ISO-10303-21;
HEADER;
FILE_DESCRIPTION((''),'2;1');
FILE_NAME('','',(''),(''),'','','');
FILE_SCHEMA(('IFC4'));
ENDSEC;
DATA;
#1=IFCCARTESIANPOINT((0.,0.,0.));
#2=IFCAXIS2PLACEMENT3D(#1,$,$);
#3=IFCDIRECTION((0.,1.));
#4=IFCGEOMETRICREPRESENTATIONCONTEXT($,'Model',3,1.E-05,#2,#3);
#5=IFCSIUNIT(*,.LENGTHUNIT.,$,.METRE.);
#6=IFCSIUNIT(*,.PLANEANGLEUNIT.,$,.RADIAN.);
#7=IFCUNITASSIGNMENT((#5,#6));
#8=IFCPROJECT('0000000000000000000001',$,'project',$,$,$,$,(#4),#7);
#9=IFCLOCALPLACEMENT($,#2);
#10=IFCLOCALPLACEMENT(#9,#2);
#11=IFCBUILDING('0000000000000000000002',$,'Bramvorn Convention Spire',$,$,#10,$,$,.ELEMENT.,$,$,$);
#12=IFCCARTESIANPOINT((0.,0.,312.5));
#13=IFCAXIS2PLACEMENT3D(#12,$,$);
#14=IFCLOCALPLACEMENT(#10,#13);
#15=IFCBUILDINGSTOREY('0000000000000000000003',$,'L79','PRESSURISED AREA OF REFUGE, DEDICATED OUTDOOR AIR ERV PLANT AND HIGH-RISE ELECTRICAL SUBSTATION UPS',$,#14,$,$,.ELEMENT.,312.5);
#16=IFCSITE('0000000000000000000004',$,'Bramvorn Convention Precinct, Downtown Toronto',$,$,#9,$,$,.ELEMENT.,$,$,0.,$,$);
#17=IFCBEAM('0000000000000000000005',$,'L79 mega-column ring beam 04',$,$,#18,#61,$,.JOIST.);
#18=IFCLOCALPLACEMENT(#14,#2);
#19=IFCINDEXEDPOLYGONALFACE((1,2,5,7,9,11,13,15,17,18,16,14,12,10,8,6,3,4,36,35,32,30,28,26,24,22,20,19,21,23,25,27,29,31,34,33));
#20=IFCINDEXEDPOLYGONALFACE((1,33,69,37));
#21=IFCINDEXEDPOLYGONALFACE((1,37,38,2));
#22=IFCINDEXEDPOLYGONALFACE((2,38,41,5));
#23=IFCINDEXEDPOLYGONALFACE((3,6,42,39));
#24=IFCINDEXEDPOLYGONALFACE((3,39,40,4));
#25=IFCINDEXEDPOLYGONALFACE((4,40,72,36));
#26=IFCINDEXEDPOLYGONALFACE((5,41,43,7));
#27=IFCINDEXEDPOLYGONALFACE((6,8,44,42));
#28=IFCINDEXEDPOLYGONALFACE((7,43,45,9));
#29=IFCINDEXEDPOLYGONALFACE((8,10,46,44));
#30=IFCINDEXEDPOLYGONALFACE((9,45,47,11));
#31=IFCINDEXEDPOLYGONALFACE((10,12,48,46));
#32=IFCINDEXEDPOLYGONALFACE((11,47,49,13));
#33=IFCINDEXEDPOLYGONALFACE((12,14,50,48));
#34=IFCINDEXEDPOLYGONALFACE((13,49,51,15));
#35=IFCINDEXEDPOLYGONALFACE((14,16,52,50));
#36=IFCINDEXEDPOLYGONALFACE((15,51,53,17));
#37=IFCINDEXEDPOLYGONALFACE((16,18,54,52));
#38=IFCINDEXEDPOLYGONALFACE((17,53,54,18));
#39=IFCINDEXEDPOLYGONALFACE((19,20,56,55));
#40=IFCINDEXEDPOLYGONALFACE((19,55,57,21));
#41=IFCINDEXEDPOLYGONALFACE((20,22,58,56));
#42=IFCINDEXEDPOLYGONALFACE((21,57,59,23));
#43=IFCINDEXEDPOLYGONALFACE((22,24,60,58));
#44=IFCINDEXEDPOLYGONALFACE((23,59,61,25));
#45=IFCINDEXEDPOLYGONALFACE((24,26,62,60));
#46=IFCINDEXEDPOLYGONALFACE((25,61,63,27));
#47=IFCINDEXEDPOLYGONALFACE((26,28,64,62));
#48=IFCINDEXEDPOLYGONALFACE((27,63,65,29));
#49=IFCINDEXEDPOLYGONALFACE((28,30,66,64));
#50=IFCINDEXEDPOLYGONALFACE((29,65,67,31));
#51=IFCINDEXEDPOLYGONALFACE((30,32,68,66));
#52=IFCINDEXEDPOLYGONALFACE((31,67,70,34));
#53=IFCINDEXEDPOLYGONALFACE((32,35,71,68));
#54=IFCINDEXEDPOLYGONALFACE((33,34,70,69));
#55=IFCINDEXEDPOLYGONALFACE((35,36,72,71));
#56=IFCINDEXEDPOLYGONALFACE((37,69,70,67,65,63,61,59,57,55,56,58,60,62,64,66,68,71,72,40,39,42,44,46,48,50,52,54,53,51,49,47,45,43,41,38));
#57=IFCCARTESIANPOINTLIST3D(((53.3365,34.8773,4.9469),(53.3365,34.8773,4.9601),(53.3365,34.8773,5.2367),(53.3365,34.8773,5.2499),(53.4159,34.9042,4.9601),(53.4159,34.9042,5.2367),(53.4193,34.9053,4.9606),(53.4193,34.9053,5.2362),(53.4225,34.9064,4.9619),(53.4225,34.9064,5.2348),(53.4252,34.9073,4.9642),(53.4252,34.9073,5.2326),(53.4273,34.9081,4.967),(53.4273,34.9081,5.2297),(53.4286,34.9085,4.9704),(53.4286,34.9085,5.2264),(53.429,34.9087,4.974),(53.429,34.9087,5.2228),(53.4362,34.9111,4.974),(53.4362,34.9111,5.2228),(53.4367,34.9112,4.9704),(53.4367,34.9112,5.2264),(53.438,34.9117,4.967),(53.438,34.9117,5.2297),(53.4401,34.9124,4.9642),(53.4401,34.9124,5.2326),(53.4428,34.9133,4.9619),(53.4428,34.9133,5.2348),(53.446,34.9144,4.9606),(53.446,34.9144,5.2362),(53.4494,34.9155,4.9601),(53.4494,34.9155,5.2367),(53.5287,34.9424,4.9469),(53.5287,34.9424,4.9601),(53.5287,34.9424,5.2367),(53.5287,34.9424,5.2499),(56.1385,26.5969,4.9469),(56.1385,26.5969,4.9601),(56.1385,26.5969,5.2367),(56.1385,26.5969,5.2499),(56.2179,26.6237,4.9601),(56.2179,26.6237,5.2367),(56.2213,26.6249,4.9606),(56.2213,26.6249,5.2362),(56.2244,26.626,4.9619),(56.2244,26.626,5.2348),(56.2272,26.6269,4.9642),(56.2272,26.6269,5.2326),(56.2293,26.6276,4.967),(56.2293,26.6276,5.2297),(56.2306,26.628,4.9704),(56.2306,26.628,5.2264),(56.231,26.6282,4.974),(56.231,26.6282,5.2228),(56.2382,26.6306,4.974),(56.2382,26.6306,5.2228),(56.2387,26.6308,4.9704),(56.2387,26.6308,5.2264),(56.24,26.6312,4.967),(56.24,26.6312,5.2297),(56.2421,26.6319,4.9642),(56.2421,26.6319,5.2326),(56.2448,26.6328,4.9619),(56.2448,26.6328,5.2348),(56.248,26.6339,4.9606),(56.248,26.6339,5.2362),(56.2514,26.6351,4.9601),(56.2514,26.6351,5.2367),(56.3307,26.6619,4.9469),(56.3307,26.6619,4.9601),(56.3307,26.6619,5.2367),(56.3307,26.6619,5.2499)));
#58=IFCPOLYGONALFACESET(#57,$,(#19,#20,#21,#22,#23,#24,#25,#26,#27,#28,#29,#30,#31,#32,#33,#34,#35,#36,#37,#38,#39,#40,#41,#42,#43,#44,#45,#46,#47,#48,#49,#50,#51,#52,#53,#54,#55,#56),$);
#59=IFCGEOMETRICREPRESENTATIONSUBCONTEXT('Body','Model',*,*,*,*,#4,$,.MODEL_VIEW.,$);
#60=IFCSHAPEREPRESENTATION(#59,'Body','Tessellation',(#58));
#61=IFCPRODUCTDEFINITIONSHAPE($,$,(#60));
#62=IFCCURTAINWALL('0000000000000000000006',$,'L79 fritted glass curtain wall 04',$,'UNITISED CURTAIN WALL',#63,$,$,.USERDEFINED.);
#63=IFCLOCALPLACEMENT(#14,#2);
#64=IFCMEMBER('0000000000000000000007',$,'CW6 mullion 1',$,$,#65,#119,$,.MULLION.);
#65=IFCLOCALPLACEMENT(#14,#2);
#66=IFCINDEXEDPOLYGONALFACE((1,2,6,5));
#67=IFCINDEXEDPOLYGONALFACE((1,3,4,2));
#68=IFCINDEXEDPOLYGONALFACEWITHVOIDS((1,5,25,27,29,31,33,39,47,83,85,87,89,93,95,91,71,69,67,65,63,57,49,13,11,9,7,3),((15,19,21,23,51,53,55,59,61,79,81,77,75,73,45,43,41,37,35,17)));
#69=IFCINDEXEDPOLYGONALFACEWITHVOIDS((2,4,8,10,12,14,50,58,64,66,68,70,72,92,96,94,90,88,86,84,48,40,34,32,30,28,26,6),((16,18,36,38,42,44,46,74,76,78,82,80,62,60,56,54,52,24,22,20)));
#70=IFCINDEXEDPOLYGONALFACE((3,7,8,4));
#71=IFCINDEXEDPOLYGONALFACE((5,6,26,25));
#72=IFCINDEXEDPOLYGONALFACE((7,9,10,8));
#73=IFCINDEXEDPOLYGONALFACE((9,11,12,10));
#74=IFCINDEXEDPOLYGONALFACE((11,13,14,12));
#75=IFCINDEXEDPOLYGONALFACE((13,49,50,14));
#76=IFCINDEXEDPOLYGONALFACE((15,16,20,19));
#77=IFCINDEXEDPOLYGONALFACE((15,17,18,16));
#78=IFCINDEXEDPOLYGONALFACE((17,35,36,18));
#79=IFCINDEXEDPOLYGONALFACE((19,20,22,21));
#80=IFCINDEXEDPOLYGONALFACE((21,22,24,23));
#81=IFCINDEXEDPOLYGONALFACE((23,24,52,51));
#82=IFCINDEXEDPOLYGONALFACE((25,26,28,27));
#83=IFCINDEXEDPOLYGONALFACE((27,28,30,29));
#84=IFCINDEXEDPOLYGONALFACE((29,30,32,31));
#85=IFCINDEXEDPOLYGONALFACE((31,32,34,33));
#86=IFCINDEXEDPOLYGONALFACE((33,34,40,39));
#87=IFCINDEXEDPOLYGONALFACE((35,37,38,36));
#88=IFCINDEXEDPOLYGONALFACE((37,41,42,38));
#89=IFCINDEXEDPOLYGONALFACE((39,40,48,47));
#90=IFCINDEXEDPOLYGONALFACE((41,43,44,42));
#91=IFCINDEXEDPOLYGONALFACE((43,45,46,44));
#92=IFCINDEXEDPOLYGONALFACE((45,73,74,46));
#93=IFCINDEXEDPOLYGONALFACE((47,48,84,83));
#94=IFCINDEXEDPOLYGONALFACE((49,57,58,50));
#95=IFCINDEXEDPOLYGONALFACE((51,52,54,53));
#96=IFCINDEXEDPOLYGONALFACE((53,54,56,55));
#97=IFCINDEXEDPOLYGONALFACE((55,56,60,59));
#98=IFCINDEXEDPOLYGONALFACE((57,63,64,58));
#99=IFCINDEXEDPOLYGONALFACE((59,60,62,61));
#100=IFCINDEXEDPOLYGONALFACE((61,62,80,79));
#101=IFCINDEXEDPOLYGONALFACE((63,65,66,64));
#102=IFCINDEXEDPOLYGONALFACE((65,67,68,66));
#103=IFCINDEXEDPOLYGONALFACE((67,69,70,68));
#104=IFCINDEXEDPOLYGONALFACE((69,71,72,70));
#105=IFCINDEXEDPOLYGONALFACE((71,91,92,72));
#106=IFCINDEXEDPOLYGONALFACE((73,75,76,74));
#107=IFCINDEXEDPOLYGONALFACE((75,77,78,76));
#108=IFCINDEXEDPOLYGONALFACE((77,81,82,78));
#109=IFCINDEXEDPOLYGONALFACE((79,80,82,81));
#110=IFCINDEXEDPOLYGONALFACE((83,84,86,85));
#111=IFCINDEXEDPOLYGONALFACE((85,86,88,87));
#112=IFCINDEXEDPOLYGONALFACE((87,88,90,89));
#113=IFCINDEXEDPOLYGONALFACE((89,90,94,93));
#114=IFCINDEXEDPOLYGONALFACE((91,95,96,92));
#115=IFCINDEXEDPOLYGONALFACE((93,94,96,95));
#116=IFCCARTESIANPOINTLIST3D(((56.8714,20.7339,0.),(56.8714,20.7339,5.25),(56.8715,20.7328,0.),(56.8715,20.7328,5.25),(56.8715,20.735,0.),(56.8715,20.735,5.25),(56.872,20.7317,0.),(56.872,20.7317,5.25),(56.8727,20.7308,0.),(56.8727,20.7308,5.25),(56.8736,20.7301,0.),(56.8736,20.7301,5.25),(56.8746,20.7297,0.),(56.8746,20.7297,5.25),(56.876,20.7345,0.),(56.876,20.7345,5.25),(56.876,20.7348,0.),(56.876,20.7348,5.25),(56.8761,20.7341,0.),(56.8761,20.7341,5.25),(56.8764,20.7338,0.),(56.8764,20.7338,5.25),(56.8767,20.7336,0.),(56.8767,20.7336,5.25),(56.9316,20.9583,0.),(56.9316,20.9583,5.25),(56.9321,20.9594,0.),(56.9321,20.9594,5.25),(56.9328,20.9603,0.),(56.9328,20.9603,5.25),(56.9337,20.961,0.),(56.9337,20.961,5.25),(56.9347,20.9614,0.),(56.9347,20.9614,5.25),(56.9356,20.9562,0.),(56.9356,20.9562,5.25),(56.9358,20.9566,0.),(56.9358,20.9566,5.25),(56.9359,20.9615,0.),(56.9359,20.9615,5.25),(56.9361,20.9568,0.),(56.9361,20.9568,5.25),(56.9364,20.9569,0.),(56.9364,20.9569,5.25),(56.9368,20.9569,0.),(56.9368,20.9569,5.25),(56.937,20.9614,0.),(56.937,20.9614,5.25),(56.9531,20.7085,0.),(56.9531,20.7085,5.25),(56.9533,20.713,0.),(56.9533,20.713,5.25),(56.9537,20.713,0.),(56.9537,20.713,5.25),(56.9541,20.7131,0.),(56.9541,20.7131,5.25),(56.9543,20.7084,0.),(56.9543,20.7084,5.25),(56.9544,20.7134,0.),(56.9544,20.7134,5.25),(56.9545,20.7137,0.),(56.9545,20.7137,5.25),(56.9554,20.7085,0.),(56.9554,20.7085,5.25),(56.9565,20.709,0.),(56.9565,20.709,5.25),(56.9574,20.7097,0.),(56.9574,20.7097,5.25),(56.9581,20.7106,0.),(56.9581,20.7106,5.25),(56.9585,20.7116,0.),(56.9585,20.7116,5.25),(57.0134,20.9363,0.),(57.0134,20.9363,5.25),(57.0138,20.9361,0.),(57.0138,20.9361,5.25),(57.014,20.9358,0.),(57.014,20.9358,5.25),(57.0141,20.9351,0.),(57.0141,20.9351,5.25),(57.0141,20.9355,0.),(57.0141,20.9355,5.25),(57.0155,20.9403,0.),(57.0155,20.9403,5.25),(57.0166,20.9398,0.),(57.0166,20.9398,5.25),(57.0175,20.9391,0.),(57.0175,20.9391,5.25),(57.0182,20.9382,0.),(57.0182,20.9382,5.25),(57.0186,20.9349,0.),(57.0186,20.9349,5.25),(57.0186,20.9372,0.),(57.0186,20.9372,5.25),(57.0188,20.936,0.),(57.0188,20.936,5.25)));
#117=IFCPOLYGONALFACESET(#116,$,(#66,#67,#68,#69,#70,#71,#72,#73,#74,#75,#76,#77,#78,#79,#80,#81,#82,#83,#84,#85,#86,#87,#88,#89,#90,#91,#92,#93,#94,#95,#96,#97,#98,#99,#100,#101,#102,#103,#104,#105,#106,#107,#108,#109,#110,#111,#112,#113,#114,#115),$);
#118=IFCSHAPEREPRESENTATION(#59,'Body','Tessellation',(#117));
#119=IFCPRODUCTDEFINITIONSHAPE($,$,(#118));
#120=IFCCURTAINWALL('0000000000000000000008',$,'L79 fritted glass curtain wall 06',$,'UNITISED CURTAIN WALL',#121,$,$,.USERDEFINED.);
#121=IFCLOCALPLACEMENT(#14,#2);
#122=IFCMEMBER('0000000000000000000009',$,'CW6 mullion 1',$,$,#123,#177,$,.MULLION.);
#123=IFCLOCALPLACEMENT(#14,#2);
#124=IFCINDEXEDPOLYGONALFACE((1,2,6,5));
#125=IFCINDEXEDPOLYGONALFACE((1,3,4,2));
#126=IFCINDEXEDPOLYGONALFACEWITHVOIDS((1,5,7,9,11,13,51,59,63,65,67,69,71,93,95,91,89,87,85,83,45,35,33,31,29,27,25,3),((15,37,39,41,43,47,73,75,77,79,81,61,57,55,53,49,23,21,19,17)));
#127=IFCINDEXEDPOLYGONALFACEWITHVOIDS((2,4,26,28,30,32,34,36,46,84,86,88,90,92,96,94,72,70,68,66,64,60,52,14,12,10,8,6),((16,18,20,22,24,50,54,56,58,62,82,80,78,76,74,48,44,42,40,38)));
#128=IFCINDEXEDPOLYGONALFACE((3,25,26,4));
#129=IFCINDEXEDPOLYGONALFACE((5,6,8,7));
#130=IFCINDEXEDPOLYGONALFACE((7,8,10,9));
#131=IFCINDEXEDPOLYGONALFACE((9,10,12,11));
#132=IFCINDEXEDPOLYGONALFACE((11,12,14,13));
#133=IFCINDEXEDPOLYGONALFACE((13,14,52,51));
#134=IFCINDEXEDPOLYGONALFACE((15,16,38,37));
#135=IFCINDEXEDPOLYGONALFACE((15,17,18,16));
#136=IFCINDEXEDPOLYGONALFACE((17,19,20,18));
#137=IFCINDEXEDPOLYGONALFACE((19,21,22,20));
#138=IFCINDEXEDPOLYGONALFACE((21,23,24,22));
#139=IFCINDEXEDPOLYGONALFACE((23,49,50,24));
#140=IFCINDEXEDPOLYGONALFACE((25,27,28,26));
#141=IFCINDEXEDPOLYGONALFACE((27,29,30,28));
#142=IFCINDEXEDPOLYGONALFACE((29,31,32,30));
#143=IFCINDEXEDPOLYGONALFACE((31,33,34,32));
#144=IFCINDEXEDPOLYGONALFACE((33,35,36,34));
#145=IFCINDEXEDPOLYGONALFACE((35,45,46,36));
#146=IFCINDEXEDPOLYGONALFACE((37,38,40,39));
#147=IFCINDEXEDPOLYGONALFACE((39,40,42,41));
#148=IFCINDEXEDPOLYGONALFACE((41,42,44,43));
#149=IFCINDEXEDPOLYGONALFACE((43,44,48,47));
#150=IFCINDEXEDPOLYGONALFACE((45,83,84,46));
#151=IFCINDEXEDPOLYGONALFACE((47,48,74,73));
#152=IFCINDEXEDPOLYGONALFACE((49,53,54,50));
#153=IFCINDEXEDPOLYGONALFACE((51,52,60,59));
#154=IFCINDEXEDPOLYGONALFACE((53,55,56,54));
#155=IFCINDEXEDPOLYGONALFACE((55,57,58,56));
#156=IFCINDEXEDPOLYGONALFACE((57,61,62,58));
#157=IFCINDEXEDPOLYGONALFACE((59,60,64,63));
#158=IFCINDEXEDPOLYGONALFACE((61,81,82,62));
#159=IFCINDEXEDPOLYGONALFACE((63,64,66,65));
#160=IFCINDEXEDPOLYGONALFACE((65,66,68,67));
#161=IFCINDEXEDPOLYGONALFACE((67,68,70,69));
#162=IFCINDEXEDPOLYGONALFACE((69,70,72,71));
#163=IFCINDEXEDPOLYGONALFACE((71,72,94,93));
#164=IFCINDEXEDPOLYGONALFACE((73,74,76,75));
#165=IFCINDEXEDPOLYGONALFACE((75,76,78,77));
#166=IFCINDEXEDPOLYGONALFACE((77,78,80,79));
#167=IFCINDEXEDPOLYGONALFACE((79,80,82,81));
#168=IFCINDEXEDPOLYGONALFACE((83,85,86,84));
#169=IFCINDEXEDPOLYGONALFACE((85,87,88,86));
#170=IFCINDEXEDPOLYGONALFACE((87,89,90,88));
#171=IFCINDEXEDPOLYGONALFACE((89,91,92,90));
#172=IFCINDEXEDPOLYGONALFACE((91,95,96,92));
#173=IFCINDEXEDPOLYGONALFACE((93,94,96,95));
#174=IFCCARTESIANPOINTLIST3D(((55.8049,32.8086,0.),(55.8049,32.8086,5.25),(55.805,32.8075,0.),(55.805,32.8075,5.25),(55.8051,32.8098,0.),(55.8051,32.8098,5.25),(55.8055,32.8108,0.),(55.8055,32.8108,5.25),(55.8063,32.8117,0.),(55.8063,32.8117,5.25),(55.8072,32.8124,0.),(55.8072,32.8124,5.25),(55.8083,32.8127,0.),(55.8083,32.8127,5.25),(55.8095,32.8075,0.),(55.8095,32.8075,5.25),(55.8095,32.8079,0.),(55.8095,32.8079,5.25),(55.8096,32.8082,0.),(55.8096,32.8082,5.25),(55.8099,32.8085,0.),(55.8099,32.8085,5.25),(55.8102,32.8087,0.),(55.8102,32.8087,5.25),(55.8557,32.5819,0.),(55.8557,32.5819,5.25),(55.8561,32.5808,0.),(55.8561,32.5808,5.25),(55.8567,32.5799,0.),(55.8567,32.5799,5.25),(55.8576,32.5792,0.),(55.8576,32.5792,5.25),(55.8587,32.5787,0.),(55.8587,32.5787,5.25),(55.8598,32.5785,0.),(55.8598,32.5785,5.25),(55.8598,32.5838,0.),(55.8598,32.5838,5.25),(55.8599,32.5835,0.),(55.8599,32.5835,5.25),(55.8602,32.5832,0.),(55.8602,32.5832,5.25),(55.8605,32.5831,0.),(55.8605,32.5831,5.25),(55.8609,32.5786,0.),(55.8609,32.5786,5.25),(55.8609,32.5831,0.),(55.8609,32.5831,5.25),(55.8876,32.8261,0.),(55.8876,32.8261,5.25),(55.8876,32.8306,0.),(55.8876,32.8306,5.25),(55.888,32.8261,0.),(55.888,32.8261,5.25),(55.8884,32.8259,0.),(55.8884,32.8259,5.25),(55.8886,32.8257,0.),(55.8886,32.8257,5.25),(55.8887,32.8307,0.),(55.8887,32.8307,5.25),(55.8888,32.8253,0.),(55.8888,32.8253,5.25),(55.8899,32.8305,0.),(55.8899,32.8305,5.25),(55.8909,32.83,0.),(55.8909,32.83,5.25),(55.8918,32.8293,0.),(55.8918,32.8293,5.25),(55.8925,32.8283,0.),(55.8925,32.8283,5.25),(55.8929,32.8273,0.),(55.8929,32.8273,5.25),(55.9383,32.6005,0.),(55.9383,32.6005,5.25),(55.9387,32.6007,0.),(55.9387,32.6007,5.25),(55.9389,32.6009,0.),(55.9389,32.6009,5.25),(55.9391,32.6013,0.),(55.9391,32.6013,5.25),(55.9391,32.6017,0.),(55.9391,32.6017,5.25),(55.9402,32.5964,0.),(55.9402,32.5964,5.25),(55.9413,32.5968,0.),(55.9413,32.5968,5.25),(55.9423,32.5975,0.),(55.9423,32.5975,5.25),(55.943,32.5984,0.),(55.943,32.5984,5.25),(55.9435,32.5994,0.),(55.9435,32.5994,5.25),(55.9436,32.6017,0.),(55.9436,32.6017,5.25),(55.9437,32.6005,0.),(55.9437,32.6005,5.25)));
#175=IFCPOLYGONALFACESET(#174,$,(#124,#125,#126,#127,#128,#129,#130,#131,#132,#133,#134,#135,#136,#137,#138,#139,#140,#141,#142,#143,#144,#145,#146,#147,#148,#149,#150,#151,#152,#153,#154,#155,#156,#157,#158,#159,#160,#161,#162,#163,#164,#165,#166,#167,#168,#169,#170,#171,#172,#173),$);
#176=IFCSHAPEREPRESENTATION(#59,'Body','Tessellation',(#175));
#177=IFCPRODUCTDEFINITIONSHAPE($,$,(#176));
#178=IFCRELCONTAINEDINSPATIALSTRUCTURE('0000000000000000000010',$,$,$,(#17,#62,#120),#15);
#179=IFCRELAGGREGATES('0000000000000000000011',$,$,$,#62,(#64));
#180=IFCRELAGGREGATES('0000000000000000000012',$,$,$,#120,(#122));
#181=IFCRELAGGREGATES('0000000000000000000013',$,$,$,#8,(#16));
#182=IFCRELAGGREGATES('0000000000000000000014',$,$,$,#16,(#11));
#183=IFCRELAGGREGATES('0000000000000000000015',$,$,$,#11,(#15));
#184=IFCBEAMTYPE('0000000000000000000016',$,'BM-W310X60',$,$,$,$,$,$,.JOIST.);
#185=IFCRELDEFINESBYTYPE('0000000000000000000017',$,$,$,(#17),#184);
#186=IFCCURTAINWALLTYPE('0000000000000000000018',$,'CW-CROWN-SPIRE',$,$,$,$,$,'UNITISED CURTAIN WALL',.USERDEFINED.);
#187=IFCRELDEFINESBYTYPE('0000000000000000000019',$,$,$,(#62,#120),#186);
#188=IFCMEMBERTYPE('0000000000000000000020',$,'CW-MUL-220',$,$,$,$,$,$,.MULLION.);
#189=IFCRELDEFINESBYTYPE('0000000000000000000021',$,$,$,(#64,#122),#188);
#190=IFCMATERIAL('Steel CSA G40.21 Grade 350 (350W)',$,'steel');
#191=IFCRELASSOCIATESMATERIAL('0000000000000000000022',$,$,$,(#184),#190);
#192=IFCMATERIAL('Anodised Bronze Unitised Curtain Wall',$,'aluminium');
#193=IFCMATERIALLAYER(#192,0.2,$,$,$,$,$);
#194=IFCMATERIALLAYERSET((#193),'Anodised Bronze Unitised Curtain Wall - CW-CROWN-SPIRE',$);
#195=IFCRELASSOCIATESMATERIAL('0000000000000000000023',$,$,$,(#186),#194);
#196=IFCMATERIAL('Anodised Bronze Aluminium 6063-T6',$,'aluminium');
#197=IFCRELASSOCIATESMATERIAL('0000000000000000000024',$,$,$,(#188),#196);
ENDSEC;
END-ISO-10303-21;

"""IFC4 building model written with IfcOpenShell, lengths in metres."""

from ifc_helpers import new_model, si_unit, direction, frame, origin, origin_2d, place, context, subcontext, project, spatial, hollow_rectangle, i_section, extrude, material, layer, layer_set, material_profile, profile_set, type_object, element, aggregate, save


model = new_model("IFC4")

# Units and contexts
model_context = context("Model", 3, precision=1e-05, world=origin(), true_north=direction((0.0, 1.0)))
body_context = subcontext(model_context, "Body", "Model", "MODEL_VIEW")
ifc_project = project(units=[si_unit("LENGTHUNIT", "METRE"), si_unit("PLANEANGLEUNIT", "RADIAN")], contexts=[model_context])

# Site, building, storey
site_placement = place(None, origin())
site = spatial("IfcSite", under=ifc_project, at=site_placement, Name="Bramvorn Convention Precinct, Downtown Toronto", CompositionType="ELEMENT", RefElevation=0.0)
building_placement = place(site_placement, origin())
building = spatial("IfcBuilding", under=site, at=building_placement, Name="Bramvorn Convention Spire", CompositionType="ELEMENT")
storey_placement = place(building_placement, frame((0.0, 0.0, 312.5)))
storey = spatial("IfcBuildingStorey", under=building, at=storey_placement, Name="L79", Description="PRESSURISED AREA OF REFUGE, DEDICATED OUTDOOR AIR ERV PLANT AND HIGH-RISE ELECTRICAL SUBSTATION UPS", CompositionType="ELEMENT", Elevation=312.5)

# Shared definitions
ifc_material_1 = material(Name="Steel CSA G40.21 Grade 350 (350W)", Category="steel")

# Beam
ifc_material_profile_1 = material_profile(ifc_material_1, i_section(OverallWidth=0.2029, OverallDepth=0.303, WebThickness=0.0076, FlangeThickness=0.0132, FilletRadius=0.0139, at=origin_2d()))
ifc_profile_set_1 = profile_set([ifc_material_profile_1], Name="Steel CSA G40.21 Grade 350 (350W) - W310X60")
beam_type_1 = type_object("IfcBeamType", Name="BM-W310X60", PredefinedType="JOIST", material=ifc_profile_set_1)
beam_1_placement = place(storey_placement, frame((56.2346, 26.6294, 5.0984), z_axis=(-0.320531, 0.947238, 0.0), x_axis=(-0.947238, -0.320531, 0.0)))
element("IfcBeam", 1, at=beam_1_placement, inside=storey, type_object=beam_type_1, Name="L79 mega-column ring beam 04", PredefinedType="JOIST", context=body_context, shape_type="SweptSolid", body=[
    extrude(i_section(OverallWidth=0.2029, OverallDepth=0.303, WebThickness=0.0076, FlangeThickness=0.0132, FilletRadius=0.0139, at=origin_2d()), origin(), (0.0, 0.0, 1.0), 8.7417),
])

# Curtain wall, member
ifc_material_2 = material(Name="Anodised Bronze Unitised Curtain Wall", Category="aluminium")
ifc_layer_1 = layer(ifc_material_2, 0.2)
ifc_layer_set_1 = layer_set([ifc_layer_1], Name="Anodised Bronze Unitised Curtain Wall - CW-CROWN-SPIRE")
curtain_wall_type = type_object("IfcCurtainWallType", Name="CW-CROWN-SPIRE", ElementType="UNITISED CURTAIN WALL", PredefinedType="USERDEFINED", material=ifc_layer_set_1)
curtain_wall_1_placement = place(storey_placement, origin())
curtain_wall_1 = element("IfcCurtainWall", 2, at=curtain_wall_1_placement, inside=storey, type_object=curtain_wall_type, Name="L79 fritted glass curtain wall 04", ObjectType="UNITISED CURTAIN WALL", PredefinedType="USERDEFINED")
ifc_material_3 = material(Name="Anodised Bronze Aluminium 6063-T6", Category="aluminium")
ifc_material_profile_2 = material_profile(ifc_material_3, hollow_rectangle(XDim=0.0901, YDim=0.24, WallThickness=0.0044, InnerFilletRadius=0.001, OuterFilletRadius=0.0044, at=origin_2d()))
ifc_profile_set_2 = profile_set([ifc_material_profile_2], Name="Anodised Bronze Aluminium 6063-T6 - CWM90X240")
member_type_1 = type_object("IfcMemberType", Name="CW-MUL-220", PredefinedType="MULLION", material=ifc_profile_set_2)
member_1_placement = place(storey_placement, frame((56.9451, 20.835, 0.0), z_axis=(0.0, 0.0, 1.0), x_axis=(0.965618, -0.259965, 0.0)))
member_1 = element("IfcMember", 3, at=member_1_placement, type_object=member_type_1, Name="CW6 mullion 1", PredefinedType="MULLION", context=body_context, shape_type="SweptSolid", body=[
    extrude(hollow_rectangle(XDim=0.0901, YDim=0.24, WallThickness=0.0044, InnerFilletRadius=0.001, OuterFilletRadius=0.0044, at=origin_2d()), origin(), (0.0, 0.0, 1.0), 5.25),
])

# Curtain wall, member
curtain_wall_2_placement = place(storey_placement, origin())
curtain_wall_2 = element("IfcCurtainWall", 4, at=curtain_wall_2_placement, inside=storey, type_object=curtain_wall_type, Name="L79 fritted glass curtain wall 06", ObjectType="UNITISED CURTAIN WALL", PredefinedType="USERDEFINED")
member_2_placement = place(storey_placement, frame((55.8743, 32.7046, 0.0), z_axis=(0.0, 0.0, 1.0), x_axis=(0.975645, 0.219356, 0.0)))
member_2 = element("IfcMember", 5, at=member_2_placement, type_object=member_type_1, Name="CW6 mullion 1", PredefinedType="MULLION", context=body_context, shape_type="SweptSolid", body=[
    extrude(hollow_rectangle(XDim=0.0901, YDim=0.24, WallThickness=0.0044, InnerFilletRadius=0.001, OuterFilletRadius=0.0044, at=origin_2d()), origin(), (0.0, 0.0, 1.0), 5.25),
])

aggregate(curtain_wall_1, [member_1])

aggregate(curtain_wall_2, [member_2])

save(model, "model.ifc")
